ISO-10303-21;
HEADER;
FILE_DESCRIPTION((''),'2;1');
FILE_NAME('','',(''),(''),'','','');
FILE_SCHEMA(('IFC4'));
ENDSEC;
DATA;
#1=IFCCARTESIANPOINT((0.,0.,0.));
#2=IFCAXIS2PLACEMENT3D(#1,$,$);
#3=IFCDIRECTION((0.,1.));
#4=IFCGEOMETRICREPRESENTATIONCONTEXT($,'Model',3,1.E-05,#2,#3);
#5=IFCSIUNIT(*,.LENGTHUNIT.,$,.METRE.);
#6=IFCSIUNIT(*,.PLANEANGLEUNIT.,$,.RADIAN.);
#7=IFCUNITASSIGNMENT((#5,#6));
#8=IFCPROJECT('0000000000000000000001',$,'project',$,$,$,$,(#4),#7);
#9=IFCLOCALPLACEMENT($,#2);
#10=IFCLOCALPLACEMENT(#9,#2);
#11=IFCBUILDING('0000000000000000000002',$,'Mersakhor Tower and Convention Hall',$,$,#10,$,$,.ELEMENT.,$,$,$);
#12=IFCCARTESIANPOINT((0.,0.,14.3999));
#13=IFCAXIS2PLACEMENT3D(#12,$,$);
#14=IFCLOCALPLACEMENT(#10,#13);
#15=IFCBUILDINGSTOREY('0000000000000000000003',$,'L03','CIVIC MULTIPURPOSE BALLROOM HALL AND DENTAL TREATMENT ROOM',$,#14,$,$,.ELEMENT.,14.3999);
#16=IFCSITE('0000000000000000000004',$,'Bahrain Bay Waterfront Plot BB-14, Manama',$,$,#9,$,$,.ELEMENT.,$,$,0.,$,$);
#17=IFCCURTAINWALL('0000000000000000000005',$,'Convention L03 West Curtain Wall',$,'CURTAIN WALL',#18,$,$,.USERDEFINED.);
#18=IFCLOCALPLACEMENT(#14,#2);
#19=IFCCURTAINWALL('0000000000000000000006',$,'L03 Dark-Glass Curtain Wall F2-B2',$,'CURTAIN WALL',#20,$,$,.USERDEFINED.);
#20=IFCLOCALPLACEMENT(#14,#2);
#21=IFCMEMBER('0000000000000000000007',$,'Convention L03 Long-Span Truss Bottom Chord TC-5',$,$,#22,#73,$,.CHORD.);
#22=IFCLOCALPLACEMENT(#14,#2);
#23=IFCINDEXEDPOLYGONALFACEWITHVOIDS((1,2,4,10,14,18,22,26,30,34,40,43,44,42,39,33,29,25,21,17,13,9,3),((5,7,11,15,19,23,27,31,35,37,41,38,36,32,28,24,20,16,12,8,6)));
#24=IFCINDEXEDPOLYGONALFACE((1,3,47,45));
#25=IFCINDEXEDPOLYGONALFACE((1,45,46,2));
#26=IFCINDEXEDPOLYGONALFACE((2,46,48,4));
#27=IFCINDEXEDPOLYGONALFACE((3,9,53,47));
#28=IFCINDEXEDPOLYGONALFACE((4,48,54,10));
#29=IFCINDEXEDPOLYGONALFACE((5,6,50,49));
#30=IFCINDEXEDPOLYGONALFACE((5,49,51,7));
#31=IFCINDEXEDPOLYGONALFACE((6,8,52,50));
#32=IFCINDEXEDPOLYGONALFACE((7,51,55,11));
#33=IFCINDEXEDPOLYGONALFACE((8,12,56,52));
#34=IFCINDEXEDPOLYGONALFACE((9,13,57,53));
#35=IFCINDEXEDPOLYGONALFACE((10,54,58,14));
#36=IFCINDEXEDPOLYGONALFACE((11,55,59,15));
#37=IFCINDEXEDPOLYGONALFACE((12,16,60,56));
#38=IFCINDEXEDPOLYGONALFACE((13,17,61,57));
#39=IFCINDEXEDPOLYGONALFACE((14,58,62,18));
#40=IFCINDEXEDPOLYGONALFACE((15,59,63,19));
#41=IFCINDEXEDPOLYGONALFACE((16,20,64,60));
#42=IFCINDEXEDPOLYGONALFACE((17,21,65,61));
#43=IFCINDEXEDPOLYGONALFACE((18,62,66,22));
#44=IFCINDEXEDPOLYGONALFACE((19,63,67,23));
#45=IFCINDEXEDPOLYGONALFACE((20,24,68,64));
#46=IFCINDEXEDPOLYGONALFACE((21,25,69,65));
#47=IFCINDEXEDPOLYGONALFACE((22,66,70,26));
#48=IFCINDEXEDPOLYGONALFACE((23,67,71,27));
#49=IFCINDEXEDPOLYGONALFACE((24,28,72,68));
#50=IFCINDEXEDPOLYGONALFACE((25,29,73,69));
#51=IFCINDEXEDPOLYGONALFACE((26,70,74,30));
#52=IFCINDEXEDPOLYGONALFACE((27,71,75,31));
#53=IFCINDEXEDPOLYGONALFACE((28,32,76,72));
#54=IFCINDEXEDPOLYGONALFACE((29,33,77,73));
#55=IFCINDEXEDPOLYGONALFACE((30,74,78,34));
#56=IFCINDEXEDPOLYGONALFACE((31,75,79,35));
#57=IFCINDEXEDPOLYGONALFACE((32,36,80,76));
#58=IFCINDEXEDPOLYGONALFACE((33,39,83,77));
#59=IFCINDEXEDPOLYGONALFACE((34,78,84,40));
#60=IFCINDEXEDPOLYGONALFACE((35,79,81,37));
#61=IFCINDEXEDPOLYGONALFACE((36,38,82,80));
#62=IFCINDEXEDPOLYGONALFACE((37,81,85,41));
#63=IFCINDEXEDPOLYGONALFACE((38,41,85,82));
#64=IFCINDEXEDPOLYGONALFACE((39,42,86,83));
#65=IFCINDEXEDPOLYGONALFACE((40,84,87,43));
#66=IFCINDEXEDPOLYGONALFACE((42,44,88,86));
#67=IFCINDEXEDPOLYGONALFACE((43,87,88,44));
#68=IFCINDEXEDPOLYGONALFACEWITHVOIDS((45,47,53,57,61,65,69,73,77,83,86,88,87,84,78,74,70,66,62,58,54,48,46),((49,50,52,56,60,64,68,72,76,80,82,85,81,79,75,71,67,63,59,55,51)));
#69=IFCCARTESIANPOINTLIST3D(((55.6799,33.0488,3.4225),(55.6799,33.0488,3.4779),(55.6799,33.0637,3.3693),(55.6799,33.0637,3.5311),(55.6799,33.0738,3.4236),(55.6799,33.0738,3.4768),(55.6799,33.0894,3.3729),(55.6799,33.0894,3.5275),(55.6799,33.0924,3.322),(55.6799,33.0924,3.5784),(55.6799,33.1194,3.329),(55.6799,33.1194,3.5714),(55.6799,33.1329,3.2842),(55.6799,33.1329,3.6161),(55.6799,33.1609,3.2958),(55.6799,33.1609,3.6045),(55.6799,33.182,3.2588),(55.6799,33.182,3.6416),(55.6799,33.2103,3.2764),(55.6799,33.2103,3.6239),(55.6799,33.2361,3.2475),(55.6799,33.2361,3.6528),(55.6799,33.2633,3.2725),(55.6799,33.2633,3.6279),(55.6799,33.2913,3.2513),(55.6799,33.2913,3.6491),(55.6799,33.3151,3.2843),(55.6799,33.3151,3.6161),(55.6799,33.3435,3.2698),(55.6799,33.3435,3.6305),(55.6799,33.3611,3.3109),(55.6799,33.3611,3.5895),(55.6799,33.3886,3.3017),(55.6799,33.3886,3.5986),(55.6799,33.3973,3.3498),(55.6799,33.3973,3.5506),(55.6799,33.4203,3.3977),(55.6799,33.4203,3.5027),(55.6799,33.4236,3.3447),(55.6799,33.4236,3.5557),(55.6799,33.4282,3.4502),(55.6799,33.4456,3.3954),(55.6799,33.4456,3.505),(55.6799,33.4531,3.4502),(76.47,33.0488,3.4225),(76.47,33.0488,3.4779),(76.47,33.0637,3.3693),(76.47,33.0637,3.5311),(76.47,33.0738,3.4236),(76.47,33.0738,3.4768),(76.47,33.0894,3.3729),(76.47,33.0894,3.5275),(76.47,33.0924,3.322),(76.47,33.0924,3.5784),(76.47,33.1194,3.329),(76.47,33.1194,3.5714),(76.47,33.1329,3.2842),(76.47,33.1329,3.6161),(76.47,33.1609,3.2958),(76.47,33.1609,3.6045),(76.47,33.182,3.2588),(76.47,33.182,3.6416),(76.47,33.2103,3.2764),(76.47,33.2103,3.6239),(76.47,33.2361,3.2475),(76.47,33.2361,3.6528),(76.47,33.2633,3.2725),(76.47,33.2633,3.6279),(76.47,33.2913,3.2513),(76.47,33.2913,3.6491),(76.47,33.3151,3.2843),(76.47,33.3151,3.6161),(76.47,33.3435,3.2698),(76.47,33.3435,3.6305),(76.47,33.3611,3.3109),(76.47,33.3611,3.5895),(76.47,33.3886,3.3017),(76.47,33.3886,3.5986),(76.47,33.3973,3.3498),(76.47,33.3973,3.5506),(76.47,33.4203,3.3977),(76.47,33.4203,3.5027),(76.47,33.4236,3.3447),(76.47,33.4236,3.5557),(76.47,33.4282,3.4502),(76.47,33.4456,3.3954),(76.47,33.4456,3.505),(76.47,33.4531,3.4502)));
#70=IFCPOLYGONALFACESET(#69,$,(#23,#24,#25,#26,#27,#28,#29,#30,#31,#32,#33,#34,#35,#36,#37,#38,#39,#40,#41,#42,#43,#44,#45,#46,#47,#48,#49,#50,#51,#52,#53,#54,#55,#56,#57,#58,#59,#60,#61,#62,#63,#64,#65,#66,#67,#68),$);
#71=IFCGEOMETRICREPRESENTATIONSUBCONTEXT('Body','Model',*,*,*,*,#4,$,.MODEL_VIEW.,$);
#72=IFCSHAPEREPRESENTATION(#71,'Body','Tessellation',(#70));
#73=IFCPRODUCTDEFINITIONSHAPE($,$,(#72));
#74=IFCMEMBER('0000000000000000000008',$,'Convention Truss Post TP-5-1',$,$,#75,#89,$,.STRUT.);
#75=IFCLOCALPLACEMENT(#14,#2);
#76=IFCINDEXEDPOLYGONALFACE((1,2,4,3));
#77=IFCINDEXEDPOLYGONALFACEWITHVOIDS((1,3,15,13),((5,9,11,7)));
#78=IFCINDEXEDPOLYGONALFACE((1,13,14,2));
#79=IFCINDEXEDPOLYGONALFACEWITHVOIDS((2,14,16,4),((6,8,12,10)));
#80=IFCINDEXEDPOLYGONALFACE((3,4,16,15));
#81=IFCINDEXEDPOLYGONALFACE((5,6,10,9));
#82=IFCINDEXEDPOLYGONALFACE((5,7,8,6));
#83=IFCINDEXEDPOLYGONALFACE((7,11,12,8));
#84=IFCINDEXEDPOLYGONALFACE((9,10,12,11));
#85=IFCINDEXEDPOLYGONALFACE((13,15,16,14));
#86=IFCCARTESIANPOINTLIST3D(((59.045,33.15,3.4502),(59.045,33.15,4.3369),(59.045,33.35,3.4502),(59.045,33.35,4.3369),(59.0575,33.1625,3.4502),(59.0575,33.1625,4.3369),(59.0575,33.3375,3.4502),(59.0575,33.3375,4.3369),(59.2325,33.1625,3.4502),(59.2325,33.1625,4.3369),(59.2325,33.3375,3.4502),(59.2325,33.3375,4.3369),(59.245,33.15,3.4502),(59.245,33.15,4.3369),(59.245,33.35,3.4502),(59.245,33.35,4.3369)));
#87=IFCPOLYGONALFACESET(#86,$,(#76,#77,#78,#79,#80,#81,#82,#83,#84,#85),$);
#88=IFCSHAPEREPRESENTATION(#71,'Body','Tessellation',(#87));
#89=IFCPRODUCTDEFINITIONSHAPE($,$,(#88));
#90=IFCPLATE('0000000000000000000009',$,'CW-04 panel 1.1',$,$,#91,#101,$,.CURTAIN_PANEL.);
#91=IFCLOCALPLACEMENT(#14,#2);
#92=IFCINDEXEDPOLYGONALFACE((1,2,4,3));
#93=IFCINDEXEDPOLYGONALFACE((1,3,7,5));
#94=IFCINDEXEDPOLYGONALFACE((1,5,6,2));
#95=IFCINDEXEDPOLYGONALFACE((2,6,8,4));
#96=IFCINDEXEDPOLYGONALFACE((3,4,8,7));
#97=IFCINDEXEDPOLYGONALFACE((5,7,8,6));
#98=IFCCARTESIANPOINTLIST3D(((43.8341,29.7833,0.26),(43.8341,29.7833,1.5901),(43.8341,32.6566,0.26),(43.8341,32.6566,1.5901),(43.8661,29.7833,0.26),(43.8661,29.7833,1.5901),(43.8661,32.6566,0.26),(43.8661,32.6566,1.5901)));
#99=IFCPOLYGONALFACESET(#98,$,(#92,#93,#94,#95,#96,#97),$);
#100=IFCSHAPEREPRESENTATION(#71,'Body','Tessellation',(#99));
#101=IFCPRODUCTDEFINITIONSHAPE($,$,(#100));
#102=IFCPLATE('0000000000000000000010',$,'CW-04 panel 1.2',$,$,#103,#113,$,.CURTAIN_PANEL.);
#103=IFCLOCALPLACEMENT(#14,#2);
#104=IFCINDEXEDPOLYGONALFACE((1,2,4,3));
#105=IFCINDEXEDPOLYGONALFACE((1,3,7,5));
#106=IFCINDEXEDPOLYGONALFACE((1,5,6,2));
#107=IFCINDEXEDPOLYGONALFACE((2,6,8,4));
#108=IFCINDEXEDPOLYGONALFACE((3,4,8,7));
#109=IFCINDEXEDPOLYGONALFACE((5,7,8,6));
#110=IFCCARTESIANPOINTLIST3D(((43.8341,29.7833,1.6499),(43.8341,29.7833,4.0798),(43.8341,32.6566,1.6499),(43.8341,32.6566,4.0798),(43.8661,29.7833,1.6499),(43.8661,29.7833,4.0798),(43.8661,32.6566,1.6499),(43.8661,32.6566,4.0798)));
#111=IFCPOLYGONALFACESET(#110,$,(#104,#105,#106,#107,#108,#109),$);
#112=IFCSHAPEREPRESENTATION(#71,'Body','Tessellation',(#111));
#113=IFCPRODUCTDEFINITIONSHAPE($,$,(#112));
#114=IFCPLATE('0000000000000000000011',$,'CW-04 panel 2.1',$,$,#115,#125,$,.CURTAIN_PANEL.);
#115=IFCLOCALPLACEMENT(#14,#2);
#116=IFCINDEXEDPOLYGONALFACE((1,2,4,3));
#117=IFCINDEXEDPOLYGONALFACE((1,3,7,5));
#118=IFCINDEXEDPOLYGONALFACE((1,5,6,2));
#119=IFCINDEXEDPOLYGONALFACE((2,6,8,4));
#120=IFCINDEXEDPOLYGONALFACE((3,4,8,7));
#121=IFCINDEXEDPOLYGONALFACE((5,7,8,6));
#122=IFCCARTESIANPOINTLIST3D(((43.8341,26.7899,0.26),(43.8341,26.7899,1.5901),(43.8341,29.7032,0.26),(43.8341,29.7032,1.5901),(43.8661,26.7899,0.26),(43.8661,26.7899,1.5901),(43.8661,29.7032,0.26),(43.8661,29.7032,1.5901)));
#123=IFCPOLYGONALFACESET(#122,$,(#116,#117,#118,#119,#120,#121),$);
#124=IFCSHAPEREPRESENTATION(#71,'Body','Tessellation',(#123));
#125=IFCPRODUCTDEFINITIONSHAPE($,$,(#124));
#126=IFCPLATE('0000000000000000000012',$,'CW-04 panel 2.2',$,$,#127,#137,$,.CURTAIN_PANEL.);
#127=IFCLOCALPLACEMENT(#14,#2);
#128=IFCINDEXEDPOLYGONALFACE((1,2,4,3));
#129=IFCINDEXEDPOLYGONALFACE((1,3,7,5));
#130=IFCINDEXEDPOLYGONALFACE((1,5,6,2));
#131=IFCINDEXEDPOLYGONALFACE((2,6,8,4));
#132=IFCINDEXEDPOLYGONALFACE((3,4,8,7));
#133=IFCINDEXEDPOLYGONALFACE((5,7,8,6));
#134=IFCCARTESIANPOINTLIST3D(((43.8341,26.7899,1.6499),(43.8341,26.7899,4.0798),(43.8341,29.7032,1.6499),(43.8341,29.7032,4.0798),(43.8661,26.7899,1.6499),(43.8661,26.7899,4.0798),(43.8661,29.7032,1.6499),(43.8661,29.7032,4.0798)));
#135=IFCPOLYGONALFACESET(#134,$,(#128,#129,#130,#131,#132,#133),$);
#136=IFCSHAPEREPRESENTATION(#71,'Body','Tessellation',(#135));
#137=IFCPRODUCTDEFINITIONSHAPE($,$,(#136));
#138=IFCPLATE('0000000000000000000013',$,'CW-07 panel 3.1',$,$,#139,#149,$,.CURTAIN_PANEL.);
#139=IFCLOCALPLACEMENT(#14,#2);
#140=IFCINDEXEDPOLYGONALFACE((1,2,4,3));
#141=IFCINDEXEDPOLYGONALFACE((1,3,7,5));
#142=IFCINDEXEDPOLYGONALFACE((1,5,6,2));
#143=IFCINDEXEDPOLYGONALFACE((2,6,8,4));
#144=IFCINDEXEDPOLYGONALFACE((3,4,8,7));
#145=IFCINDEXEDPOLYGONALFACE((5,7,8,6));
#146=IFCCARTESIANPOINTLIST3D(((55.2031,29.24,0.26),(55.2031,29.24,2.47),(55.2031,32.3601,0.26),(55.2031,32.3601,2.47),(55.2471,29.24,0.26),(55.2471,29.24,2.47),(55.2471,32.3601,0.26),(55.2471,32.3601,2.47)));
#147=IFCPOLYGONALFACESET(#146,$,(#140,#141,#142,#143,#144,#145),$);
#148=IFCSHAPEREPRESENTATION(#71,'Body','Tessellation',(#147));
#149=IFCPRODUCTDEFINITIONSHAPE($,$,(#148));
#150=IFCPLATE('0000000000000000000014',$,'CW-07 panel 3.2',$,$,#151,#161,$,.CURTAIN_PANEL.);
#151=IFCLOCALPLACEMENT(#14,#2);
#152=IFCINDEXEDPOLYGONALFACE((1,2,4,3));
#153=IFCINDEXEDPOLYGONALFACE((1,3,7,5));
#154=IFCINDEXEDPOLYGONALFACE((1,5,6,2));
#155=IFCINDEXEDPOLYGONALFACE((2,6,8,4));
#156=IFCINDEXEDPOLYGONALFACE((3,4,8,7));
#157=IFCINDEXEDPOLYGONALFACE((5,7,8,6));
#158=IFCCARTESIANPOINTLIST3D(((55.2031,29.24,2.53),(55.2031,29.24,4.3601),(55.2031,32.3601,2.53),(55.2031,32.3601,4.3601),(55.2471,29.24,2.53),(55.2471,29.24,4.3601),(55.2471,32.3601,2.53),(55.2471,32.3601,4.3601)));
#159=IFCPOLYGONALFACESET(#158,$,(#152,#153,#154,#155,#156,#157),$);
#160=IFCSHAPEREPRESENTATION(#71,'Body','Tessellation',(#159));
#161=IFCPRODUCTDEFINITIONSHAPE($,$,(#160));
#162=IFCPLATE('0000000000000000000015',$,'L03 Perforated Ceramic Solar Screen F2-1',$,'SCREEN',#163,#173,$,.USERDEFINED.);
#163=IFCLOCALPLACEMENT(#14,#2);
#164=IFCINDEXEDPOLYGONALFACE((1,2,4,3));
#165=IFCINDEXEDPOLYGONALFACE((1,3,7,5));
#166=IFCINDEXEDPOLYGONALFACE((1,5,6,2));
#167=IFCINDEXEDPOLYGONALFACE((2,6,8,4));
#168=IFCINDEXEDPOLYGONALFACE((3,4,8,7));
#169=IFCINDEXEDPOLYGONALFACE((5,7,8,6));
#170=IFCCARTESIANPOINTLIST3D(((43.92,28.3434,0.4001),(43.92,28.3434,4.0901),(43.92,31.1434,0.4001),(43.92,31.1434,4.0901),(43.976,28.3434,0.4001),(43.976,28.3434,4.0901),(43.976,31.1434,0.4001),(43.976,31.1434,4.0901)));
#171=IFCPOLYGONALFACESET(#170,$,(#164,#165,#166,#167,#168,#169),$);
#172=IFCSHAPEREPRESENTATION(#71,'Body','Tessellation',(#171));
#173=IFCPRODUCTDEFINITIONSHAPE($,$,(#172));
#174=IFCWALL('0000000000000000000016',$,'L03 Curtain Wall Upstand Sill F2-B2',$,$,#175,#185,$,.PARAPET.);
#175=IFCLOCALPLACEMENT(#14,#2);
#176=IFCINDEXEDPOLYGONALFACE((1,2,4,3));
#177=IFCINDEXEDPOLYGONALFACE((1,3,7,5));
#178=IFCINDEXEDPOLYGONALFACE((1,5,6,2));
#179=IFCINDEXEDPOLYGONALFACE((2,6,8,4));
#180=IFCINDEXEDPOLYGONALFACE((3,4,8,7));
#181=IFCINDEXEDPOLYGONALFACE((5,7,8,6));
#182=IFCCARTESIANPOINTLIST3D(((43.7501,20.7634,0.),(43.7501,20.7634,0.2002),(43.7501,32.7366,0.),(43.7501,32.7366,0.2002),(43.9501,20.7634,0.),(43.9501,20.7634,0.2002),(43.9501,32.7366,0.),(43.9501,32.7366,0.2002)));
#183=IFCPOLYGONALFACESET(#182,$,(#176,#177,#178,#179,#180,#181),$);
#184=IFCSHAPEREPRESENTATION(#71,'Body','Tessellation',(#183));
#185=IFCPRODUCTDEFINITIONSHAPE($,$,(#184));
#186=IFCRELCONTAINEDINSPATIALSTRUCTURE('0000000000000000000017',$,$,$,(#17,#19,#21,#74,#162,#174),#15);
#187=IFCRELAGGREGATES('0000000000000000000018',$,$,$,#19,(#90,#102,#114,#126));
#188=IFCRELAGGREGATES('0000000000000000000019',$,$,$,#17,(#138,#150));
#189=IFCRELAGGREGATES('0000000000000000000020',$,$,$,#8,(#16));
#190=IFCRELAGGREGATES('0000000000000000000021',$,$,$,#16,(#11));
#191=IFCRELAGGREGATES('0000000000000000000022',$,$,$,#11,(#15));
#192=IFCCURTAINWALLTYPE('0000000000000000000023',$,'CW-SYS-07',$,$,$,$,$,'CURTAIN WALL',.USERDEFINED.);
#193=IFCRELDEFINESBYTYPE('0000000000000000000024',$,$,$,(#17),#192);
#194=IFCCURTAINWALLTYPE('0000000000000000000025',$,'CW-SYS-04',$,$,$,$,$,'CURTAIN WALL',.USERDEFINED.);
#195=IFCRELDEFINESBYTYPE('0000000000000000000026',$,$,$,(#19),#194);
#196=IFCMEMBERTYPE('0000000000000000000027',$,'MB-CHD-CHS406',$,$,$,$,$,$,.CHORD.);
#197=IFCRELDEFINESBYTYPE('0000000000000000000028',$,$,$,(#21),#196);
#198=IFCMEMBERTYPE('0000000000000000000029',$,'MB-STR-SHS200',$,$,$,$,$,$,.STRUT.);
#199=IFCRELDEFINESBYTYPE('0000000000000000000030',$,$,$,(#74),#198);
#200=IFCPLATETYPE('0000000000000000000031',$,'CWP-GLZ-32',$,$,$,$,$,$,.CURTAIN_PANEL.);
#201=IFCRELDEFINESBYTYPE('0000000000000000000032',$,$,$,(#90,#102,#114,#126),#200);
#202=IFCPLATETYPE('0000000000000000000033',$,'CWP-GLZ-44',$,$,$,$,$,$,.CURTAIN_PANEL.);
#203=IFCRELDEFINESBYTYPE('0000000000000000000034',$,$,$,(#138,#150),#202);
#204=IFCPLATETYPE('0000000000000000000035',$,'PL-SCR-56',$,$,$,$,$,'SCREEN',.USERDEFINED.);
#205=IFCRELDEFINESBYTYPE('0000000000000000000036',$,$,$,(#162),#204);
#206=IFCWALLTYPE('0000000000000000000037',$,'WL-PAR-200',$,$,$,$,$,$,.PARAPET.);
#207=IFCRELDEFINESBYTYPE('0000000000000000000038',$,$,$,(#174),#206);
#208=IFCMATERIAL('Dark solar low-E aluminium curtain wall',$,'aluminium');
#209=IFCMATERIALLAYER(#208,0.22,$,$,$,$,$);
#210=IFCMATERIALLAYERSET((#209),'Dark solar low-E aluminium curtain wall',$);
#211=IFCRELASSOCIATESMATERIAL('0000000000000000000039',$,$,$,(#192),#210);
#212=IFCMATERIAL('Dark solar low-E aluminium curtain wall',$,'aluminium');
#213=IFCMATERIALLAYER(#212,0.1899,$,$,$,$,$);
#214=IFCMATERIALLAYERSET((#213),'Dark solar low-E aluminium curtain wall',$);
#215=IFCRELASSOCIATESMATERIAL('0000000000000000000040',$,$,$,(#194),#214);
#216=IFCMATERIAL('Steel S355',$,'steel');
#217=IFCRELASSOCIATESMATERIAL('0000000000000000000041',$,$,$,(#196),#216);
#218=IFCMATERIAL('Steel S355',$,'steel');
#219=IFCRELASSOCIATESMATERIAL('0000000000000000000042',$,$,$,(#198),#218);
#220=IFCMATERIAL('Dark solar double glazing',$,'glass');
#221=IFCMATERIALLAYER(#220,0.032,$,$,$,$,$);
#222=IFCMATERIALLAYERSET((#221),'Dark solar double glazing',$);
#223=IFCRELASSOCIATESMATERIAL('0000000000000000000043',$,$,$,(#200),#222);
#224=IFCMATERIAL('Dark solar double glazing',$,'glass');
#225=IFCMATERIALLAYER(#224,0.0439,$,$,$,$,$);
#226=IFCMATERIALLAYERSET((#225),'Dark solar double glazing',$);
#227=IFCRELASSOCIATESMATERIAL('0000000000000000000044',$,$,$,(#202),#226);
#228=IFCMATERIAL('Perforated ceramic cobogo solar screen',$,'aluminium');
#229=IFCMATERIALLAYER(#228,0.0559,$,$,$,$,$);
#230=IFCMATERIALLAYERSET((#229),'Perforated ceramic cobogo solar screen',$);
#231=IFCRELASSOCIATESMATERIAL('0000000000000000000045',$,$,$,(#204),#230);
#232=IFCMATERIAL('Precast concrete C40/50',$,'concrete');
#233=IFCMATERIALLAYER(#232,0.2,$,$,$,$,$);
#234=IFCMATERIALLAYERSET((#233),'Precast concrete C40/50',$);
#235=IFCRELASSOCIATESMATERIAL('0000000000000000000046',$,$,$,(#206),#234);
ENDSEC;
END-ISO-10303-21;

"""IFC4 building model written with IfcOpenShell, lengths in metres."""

from ifc_helpers import new_model, si_unit, direction, frame, frame_2d, origin, origin_2d, place, context, subcontext, project, spatial, rectangle, hollow_rectangle, hollow_circle, extrude, material, layer, layer_set, material_profile, profile_set, type_object, element, aggregate, save


model = new_model("IFC4")

# Units and contexts
model_context = context("Model", 3, precision=1e-05, world=origin(), true_north=direction((0.0, 1.0)))
body_context = subcontext(model_context, "Body", "Model", "MODEL_VIEW")
ifc_project = project(units=[si_unit("LENGTHUNIT", "METRE"), si_unit("PLANEANGLEUNIT", "RADIAN")], contexts=[model_context])

# Site, building, storey
site_placement = place(None, origin())
site = spatial("IfcSite", under=ifc_project, at=site_placement, Name="Bahrain Bay Waterfront Plot BB-14, Manama", CompositionType="ELEMENT", RefElevation=0.0)
building_placement = place(site_placement, origin())
building = spatial("IfcBuilding", under=site, at=building_placement, Name="Mersakhor Tower and Convention Hall", CompositionType="ELEMENT")
storey_placement = place(building_placement, frame((0.0, 0.0, 14.3999)))
storey = spatial("IfcBuildingStorey", under=building, at=storey_placement, Name="L03", Description="CIVIC MULTIPURPOSE BALLROOM HALL AND DENTAL TREATMENT ROOM", CompositionType="ELEMENT", Elevation=14.3999)

# Curtain walls
ifc_material_1 = material(Name="Dark solar low-E aluminium curtain wall", Category="aluminium")
ifc_layer_1 = layer(ifc_material_1, 0.22)
ifc_layer_set_1 = layer_set([ifc_layer_1], Name="Dark solar low-E aluminium curtain wall")
curtain_wall_type_1 = type_object("IfcCurtainWallType", Name="CW-SYS-07", ElementType="CURTAIN WALL", PredefinedType="USERDEFINED", material=ifc_layer_set_1)
curtain_wall_1_placement = place(storey_placement, origin())
curtain_wall_1 = element("IfcCurtainWall", 1, at=curtain_wall_1_placement, inside=storey, type_object=curtain_wall_type_1, Name="Convention L03 West Curtain Wall", ObjectType="CURTAIN WALL", PredefinedType="USERDEFINED")
ifc_material_2 = material(Name="Dark solar low-E aluminium curtain wall", Category="aluminium")
ifc_layer_2 = layer(ifc_material_2, 0.1899)
ifc_layer_set_2 = layer_set([ifc_layer_2], Name="Dark solar low-E aluminium curtain wall")
curtain_wall_type_2 = type_object("IfcCurtainWallType", Name="CW-SYS-04", ElementType="CURTAIN WALL", PredefinedType="USERDEFINED", material=ifc_layer_set_2)
curtain_wall_2_placement = place(storey_placement, origin())
curtain_wall_2 = element("IfcCurtainWall", 2, at=curtain_wall_2_placement, inside=storey, type_object=curtain_wall_type_2, Name="L03 Dark-Glass Curtain Wall F2-B2", ObjectType="CURTAIN WALL", PredefinedType="USERDEFINED")

# Members
ifc_material_3 = material(Name="Steel S355", Category="steel")
ifc_material_profile_1 = material_profile(ifc_material_3, hollow_circle(Radius=0.2031, WallThickness=0.0249, at=origin_2d()), Name="CHS 406.4x25")
ifc_profile_set_1 = profile_set([ifc_material_profile_1], Name="Steel S355")
member_type_1 = type_object("IfcMemberType", Name="MB-CHD-CHS406", PredefinedType="CHORD", material=ifc_profile_set_1)
member_1_placement = place(storey_placement, frame((55.6799, 33.25, 3.4502), z_axis=(1.0, 0.0, 0.0), x_axis=(0.0, 1.0, 0.0)))
element("IfcMember", 3, at=member_1_placement, inside=storey, type_object=member_type_1, Name="Convention L03 Long-Span Truss Bottom Chord TC-5", PredefinedType="CHORD", context=body_context, shape_type="SweptSolid", body=[
    extrude(hollow_circle(Radius=0.2031, WallThickness=0.0249, at=origin_2d()), origin(), (0.0, 0.0, 1.0), 20.79),
])
ifc_material_4 = material(Name="Steel S355", Category="steel")
ifc_material_profile_2 = material_profile(ifc_material_4, hollow_rectangle(XDim=0.2, YDim=0.2, WallThickness=0.0125, at=origin_2d()), Name="SHS 200x200x12.5")
ifc_profile_set_2 = profile_set([ifc_material_profile_2], Name="Steel S355")
member_type_2 = type_object("IfcMemberType", Name="MB-STR-SHS200", PredefinedType="STRUT", material=ifc_profile_set_2)
member_2_placement = place(storey_placement, frame((59.145, 33.25, 3.4502), z_axis=(0.0, 0.0, 1.0), x_axis=(1.0, 0.0, 0.0)))
element("IfcMember", 4, at=member_2_placement, inside=storey, type_object=member_type_2, Name="Convention Truss Post TP-5-1", PredefinedType="STRUT", context=body_context, shape_type="SweptSolid", body=[
    extrude(hollow_rectangle(XDim=0.2, YDim=0.2, WallThickness=0.0125, at=origin_2d()), origin(), (0.0, 0.0, 1.0), 0.8867),
])

# Plates
ifc_material_5 = material(Name="Dark solar double glazing", Category="glass")
ifc_layer_3 = layer(ifc_material_5, 0.032)
ifc_layer_set_3 = layer_set([ifc_layer_3], Name="Dark solar double glazing")
plate_type_1 = type_object("IfcPlateType", Name="CWP-GLZ-32", PredefinedType="CURTAIN_PANEL", material=ifc_layer_set_3)
plate_1_placement = place(storey_placement, frame((43.8501, 31.22, 0.26), z_axis=(0.0, 0.0, 1.0), x_axis=(0.0, -1.0, 0.0)))
plate_1 = element("IfcPlate", 5, at=plate_1_placement, type_object=plate_type_1, Name="CW-04 panel 1.1", PredefinedType="CURTAIN_PANEL", context=body_context, shape_type="SweptSolid", body=[
    extrude(rectangle(XDim=2.8733, YDim=0.032, at=origin_2d()), origin(), (0.0, 0.0, 1.0), 1.3301),
])
plate_2_placement = place(storey_placement, frame((43.8501, 31.22, 1.6499), z_axis=(0.0, 0.0, 1.0), x_axis=(0.0, -1.0, 0.0)))
plate_2 = element("IfcPlate", 6, at=plate_2_placement, type_object=plate_type_1, Name="CW-04 panel 1.2", PredefinedType="CURTAIN_PANEL", context=body_context, shape_type="SweptSolid", body=[
    extrude(rectangle(XDim=2.8733, YDim=0.032, at=origin_2d()), origin(), (0.0, 0.0, 1.0), 2.4299),
])
plate_3_placement = place(storey_placement, frame((43.8501, 28.2466, 0.26), z_axis=(0.0, 0.0, 1.0), x_axis=(0.0, -1.0, 0.0)))
plate_3 = element("IfcPlate", 7, at=plate_3_placement, type_object=plate_type_1, Name="CW-04 panel 2.1", PredefinedType="CURTAIN_PANEL", context=body_context, shape_type="SweptSolid", body=[
    extrude(rectangle(XDim=2.9133, YDim=0.032, at=origin_2d()), origin(), (0.0, 0.0, 1.0), 1.3301),
])
plate_4_placement = place(storey_placement, frame((43.8501, 28.2466, 1.6499), z_axis=(0.0, 0.0, 1.0), x_axis=(0.0, -1.0, 0.0)))
plate_4 = element("IfcPlate", 8, at=plate_4_placement, type_object=plate_type_1, Name="CW-04 panel 2.2", PredefinedType="CURTAIN_PANEL", context=body_context, shape_type="SweptSolid", body=[
    extrude(rectangle(XDim=2.9133, YDim=0.032, at=origin_2d()), origin(), (0.0, 0.0, 1.0), 2.4299),
])
aggregate(curtain_wall_2, [plate_1, plate_2, plate_3, plate_4])
ifc_material_6 = material(Name="Dark solar double glazing", Category="glass")
ifc_layer_4 = layer(ifc_material_6, 0.0439)
ifc_layer_set_4 = layer_set([ifc_layer_4], Name="Dark solar double glazing")
plate_type_2 = type_object("IfcPlateType", Name="CWP-GLZ-44", PredefinedType="CURTAIN_PANEL", material=ifc_layer_set_4)
plate_5_placement = place(storey_placement, frame((55.2251, 30.8, 0.26), z_axis=(0.0, 0.0, 1.0), x_axis=(0.0, 1.0, 0.0)))
plate_5 = element("IfcPlate", 9, at=plate_5_placement, type_object=plate_type_2, Name="CW-07 panel 3.1", PredefinedType="CURTAIN_PANEL", context=body_context, shape_type="SweptSolid", body=[
    extrude(rectangle(XDim=3.1201, YDim=0.0439, at=origin_2d()), origin(), (0.0, 0.0, 1.0), 2.21),
])
plate_6_placement = place(storey_placement, frame((55.2251, 30.8, 2.53), z_axis=(0.0, 0.0, 1.0), x_axis=(0.0, 1.0, 0.0)))
plate_6 = element("IfcPlate", 10, at=plate_6_placement, type_object=plate_type_2, Name="CW-07 panel 3.2", PredefinedType="CURTAIN_PANEL", context=body_context, shape_type="SweptSolid", body=[
    extrude(rectangle(XDim=3.1201, YDim=0.0439, at=origin_2d()), origin(), (0.0, 0.0, 1.0), 1.8301),
])
aggregate(curtain_wall_1, [plate_5, plate_6])
ifc_material_7 = material(Name="Perforated ceramic cobogo solar screen", Category="aluminium")
ifc_layer_5 = layer(ifc_material_7, 0.0559)
ifc_layer_set_5 = layer_set([ifc_layer_5], Name="Perforated ceramic cobogo solar screen")
plate_type_3 = type_object("IfcPlateType", Name="PL-SCR-56", ElementType="SCREEN", PredefinedType="USERDEFINED", material=ifc_layer_set_5)
plate_7_placement = place(storey_placement, frame((43.948, 29.7434, 0.4001), z_axis=(0.0, 0.0, 1.0), x_axis=(0.0, -1.0, 0.0)))
element("IfcPlate", 11, at=plate_7_placement, inside=storey, type_object=plate_type_3, Name="L03 Perforated Ceramic Solar Screen F2-1", ObjectType="SCREEN", PredefinedType="USERDEFINED", context=body_context, shape_type="SweptSolid", body=[
    extrude(rectangle(XDim=2.8, YDim=0.0559, at=origin_2d()), origin(), (0.0, 0.0, 1.0), 3.6899),
])

# Wall
ifc_material_8 = material(Name="Precast concrete C40/50", Category="concrete")
ifc_layer_6 = layer(ifc_material_8, 0.2)
ifc_layer_set_6 = layer_set([ifc_layer_6], Name="Precast concrete C40/50")
wall_type = type_object("IfcWallType", Name="WL-PAR-200", PredefinedType="PARAPET", material=ifc_layer_set_6)
wall_placement = place(storey_placement, frame((43.8501, 32.7366, 0.0), z_axis=(0.0, 0.0, 1.0), x_axis=(0.0, -1.0, 0.0)))
element("IfcWall", 12, at=wall_placement, inside=storey, type_object=wall_type, Name="L03 Curtain Wall Upstand Sill F2-B2", PredefinedType="PARAPET", context=body_context, shape_type="SweptSolid", body=[
    extrude(rectangle(XDim=11.9731, YDim=0.2, at=frame_2d((5.9866, 0.0))), origin(), (0.0, 0.0, 1.0), 0.2002),
])

save(model, "model.ifc")
